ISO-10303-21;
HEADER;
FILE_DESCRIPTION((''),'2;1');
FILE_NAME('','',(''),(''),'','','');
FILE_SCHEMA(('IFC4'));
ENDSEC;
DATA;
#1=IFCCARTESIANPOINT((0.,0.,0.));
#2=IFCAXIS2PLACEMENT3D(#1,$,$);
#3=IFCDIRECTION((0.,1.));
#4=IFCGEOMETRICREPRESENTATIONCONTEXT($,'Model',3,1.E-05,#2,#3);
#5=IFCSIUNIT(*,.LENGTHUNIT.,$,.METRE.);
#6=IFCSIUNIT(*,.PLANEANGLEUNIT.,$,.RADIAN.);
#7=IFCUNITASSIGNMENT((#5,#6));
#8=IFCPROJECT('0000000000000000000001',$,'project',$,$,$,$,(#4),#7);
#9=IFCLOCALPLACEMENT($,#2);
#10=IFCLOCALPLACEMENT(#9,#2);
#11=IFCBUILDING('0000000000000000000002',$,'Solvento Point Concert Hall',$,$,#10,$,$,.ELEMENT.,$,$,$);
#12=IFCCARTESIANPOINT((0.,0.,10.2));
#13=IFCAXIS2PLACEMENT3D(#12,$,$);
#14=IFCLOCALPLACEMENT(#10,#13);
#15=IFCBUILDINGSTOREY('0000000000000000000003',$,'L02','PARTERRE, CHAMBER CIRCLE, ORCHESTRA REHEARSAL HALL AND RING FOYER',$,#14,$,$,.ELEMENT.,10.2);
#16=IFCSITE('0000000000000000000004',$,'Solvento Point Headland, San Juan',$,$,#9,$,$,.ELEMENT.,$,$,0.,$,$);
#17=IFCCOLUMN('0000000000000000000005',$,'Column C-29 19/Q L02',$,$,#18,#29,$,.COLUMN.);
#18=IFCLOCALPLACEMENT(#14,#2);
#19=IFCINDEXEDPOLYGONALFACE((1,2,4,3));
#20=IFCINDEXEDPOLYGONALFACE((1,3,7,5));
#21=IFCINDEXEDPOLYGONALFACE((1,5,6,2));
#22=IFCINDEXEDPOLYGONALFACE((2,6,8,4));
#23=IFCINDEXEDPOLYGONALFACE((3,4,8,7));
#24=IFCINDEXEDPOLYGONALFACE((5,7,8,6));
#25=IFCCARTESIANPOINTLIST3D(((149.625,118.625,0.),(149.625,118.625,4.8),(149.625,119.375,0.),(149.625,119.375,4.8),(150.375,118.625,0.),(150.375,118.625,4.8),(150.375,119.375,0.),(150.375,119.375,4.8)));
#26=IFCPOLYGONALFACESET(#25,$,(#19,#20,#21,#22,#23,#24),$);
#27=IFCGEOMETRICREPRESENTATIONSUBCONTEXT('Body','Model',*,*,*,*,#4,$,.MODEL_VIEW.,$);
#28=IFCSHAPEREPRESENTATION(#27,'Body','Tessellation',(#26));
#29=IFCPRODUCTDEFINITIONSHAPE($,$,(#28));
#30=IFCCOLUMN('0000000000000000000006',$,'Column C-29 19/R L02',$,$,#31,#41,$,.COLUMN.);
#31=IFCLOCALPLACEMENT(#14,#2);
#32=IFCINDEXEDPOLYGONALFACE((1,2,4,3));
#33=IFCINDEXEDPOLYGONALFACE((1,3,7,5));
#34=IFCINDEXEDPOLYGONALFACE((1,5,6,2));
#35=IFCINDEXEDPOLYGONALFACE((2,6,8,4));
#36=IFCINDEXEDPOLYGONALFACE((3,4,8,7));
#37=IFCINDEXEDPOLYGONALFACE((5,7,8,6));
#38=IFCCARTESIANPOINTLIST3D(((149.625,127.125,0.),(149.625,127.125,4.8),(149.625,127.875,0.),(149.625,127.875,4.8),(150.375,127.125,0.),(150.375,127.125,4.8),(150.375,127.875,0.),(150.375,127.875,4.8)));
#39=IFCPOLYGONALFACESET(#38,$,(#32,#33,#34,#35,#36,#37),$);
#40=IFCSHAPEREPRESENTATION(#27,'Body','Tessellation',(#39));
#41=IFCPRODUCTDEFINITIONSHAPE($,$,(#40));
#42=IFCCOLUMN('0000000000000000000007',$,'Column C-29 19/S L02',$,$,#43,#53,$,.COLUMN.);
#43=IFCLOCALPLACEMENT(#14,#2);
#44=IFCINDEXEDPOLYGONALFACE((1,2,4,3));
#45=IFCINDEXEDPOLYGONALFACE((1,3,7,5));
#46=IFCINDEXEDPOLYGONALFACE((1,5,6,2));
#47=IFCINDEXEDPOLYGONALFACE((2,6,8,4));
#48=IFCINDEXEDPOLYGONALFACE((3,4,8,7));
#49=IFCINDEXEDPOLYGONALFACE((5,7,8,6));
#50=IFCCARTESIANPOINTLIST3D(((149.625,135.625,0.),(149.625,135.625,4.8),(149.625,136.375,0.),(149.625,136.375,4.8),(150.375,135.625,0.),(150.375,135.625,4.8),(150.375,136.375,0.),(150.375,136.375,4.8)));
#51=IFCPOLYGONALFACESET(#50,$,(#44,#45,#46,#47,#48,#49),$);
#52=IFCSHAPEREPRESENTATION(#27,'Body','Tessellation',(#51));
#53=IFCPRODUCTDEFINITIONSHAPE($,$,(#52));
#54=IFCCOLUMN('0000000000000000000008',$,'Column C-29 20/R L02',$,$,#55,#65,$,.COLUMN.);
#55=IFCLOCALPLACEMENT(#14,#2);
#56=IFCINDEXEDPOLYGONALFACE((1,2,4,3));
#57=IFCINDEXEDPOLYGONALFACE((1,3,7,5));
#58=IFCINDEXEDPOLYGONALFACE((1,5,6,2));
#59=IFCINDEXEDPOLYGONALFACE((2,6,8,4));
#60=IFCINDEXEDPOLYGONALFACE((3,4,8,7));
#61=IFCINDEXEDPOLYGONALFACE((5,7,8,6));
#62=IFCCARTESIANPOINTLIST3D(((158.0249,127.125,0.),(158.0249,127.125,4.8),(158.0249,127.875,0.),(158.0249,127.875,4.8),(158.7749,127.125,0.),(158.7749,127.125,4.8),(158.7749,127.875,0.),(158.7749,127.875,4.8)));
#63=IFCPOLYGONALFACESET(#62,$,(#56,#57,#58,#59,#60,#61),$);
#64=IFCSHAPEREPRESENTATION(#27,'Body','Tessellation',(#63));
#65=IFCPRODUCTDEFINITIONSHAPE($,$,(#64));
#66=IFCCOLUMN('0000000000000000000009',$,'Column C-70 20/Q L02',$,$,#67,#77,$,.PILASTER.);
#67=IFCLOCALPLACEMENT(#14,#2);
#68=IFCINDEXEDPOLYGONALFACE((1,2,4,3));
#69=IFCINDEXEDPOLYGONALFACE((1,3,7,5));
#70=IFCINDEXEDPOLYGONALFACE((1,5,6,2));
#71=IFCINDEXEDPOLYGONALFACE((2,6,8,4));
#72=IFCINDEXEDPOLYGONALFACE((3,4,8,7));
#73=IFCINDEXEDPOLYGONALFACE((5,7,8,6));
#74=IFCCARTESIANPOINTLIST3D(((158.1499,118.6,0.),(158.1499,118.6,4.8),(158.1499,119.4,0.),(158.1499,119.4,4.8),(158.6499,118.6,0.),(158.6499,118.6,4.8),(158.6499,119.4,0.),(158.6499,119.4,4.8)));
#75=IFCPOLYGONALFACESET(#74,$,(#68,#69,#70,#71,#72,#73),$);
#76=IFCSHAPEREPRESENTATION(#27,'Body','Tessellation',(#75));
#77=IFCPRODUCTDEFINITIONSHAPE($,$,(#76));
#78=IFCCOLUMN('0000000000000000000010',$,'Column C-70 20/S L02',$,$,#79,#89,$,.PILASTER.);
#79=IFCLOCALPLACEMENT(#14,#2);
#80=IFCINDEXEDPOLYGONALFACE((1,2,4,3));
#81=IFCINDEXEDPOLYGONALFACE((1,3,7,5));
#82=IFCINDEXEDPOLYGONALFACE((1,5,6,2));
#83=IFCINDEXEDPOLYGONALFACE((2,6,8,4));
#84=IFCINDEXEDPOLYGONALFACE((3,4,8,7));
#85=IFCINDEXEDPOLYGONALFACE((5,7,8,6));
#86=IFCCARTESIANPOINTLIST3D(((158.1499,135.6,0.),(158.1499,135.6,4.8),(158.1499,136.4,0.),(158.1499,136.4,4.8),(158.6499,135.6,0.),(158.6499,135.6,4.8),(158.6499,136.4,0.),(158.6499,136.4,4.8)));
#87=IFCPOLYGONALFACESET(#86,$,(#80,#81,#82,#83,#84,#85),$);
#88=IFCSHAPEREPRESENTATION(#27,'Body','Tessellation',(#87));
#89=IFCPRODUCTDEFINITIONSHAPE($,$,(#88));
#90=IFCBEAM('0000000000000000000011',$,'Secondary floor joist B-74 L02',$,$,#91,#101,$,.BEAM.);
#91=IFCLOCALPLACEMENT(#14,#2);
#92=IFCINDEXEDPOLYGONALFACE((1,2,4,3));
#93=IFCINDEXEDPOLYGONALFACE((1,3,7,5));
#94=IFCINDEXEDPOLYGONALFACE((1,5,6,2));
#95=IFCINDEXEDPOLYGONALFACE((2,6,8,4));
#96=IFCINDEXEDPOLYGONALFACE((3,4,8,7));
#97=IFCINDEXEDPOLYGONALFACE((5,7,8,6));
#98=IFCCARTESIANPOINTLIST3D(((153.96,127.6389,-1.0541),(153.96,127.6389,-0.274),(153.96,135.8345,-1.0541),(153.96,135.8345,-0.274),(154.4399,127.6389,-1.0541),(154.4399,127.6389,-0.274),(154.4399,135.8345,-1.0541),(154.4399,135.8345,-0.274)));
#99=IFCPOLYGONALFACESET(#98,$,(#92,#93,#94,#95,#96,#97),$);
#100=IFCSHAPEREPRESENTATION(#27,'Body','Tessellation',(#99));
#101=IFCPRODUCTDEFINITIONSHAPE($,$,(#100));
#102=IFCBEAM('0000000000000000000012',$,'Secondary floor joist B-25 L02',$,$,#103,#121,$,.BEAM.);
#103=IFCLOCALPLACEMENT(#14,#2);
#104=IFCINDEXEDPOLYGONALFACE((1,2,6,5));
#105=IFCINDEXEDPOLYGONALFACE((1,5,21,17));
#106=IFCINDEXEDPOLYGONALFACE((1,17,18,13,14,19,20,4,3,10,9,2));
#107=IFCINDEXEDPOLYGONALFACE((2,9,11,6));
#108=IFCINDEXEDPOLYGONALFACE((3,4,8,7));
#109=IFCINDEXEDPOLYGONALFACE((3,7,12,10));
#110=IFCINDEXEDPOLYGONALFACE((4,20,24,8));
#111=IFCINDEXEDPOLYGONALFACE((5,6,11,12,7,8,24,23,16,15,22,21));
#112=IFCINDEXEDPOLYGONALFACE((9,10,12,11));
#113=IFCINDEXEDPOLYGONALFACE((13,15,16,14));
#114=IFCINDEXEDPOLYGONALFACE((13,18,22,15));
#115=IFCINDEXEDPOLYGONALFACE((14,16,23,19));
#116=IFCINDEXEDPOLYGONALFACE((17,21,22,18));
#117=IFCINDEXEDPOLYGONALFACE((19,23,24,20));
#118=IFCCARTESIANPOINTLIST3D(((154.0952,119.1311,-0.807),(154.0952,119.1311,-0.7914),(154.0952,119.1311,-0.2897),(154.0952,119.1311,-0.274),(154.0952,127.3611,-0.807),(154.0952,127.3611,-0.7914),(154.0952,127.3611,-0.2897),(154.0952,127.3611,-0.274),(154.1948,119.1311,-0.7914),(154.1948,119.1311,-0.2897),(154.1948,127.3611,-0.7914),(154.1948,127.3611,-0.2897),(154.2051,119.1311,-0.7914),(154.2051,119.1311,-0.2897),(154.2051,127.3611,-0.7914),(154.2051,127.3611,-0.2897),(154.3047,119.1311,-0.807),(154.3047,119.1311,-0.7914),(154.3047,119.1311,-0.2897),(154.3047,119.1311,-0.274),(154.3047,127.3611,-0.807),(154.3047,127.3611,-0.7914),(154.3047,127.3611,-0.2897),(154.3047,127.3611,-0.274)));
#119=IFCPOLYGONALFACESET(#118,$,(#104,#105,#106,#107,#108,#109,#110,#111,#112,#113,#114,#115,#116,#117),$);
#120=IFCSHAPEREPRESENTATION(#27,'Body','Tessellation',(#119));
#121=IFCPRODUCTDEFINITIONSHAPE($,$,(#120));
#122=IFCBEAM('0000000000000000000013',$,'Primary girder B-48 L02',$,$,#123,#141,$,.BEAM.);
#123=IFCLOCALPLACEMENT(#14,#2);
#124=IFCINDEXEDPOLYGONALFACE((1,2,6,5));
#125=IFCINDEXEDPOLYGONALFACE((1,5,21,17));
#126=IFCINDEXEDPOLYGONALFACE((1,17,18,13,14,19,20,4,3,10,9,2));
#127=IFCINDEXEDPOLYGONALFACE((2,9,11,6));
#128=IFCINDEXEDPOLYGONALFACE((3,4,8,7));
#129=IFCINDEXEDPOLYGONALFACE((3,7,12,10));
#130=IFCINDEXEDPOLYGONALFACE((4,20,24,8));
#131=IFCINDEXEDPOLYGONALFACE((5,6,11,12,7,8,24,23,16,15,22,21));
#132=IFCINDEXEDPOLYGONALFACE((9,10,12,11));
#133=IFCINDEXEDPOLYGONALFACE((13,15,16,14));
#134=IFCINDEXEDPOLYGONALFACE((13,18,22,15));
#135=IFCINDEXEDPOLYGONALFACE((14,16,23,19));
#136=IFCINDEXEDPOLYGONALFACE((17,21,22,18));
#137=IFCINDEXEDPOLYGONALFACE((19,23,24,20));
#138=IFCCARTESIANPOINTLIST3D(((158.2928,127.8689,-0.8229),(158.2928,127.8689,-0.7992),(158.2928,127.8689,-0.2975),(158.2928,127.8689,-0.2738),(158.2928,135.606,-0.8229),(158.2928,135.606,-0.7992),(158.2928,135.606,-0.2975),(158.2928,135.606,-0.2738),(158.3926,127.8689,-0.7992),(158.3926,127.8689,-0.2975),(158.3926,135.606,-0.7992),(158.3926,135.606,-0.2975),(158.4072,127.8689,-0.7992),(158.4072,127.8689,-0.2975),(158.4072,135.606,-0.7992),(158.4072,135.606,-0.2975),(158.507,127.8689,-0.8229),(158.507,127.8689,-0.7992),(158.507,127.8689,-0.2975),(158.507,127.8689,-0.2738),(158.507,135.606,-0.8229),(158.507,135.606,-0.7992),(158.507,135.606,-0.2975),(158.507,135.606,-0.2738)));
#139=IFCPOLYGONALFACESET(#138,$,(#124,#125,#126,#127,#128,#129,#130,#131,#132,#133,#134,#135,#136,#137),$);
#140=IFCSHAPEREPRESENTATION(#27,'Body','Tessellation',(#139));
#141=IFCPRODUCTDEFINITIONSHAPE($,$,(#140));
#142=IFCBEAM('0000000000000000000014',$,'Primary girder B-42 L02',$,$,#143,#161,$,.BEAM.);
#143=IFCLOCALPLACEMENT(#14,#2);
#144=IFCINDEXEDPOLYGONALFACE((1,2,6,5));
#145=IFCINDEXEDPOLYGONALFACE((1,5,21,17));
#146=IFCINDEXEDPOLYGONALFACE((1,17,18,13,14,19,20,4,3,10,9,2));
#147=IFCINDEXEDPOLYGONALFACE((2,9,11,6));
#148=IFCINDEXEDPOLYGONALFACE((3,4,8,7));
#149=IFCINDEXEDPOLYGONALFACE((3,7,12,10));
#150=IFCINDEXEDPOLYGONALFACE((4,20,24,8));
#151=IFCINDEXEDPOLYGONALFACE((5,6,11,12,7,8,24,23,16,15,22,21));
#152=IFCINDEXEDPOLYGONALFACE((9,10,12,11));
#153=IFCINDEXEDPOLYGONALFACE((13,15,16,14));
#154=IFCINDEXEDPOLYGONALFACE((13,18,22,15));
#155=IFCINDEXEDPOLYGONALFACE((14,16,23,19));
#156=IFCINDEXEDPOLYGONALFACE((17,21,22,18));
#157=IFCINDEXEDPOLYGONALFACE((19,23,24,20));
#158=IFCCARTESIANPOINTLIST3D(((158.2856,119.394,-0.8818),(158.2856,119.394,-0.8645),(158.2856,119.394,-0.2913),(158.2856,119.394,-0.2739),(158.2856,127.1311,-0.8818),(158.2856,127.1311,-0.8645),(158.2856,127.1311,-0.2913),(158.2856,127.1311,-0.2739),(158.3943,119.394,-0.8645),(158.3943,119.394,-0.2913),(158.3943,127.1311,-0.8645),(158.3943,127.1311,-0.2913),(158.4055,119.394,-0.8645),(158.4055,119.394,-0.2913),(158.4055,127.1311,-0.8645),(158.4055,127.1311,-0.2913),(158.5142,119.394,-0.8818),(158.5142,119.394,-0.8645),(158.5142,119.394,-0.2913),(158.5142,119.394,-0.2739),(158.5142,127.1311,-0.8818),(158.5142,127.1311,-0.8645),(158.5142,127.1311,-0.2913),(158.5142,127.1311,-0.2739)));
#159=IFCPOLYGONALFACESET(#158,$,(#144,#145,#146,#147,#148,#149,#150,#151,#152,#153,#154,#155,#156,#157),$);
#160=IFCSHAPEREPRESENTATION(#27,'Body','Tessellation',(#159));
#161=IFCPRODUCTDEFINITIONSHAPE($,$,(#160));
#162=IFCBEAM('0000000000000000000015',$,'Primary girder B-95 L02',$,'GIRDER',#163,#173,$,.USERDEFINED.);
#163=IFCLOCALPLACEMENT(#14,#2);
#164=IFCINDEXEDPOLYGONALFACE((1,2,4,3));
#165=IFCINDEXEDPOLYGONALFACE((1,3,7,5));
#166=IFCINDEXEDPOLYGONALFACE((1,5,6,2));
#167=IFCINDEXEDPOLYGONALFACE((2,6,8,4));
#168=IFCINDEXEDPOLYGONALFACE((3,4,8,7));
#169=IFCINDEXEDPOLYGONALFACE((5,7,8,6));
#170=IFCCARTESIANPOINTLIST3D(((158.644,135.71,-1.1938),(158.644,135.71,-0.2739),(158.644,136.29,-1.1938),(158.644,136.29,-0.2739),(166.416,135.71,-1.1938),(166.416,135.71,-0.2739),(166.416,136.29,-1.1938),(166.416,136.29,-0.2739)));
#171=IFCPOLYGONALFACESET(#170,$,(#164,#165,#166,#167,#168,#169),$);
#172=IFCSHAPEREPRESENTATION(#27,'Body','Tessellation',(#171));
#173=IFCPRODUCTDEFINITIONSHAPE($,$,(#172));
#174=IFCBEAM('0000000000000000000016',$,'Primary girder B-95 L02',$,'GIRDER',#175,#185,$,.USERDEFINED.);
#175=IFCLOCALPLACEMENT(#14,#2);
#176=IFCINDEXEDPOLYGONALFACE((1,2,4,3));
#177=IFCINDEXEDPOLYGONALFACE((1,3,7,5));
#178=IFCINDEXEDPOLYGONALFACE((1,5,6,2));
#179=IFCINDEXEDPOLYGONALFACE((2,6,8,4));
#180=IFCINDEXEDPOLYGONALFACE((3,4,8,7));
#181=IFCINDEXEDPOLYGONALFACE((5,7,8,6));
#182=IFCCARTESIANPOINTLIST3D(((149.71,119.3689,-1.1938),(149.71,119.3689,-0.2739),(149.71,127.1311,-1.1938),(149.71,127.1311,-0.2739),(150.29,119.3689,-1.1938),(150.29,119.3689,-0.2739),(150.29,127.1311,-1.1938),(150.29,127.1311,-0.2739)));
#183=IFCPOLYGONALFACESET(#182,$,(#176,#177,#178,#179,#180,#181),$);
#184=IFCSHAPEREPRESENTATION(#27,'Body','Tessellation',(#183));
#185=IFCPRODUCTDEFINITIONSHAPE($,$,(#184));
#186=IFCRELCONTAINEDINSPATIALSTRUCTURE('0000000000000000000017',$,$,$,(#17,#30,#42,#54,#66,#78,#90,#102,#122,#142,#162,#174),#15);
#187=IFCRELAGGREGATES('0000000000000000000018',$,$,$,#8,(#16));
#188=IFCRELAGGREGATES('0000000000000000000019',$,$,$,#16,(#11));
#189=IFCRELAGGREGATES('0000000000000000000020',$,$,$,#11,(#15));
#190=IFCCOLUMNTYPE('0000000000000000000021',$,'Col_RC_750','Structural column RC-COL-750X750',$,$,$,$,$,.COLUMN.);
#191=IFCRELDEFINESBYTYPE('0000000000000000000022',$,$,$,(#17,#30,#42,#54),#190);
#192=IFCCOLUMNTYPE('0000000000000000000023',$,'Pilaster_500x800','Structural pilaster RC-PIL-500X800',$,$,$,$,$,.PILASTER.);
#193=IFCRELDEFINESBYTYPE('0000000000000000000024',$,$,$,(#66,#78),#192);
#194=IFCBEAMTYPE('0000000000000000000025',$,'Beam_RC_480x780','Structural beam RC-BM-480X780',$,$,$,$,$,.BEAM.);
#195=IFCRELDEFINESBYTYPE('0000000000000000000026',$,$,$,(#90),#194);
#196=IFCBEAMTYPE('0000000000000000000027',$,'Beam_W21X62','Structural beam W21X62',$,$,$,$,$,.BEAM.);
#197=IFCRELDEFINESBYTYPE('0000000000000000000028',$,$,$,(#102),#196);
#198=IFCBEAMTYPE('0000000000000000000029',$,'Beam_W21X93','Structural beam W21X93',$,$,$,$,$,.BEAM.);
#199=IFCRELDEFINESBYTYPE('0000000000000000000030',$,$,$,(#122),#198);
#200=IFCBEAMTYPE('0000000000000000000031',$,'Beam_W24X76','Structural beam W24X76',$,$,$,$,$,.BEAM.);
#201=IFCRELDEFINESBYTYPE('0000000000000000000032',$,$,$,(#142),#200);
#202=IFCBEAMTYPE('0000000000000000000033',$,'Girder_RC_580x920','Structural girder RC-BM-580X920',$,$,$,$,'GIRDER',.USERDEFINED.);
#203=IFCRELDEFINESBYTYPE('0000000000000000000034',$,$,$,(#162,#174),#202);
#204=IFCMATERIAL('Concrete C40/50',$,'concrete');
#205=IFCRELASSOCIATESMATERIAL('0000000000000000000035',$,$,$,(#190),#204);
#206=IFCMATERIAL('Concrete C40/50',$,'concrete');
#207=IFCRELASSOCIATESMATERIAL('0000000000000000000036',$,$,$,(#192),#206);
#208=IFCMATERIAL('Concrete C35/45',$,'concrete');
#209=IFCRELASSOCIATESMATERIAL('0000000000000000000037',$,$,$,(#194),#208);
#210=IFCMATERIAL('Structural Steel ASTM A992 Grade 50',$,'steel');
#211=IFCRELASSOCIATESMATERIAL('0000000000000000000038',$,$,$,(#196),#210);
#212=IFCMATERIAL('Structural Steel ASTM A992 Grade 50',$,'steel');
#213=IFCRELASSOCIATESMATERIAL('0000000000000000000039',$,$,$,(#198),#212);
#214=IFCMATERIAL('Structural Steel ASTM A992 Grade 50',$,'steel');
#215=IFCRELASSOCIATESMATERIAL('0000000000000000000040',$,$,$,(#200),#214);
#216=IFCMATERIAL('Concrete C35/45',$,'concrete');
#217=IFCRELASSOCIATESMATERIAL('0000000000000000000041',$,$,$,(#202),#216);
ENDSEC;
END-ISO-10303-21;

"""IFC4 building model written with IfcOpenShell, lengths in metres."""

from ifc_helpers import new_model, si_unit, direction, frame, origin, origin_2d, place, context, subcontext, project, spatial, rectangle, i_section, extrude, material, material_profile, profile_set, type_object, element, save


model = new_model("IFC4")

# Units and contexts
model_context = context("Model", 3, precision=1e-05, world=origin(), true_north=direction((0.0, 1.0)))
body_context = subcontext(model_context, "Body", "Model", "MODEL_VIEW")
ifc_project = project(units=[si_unit("LENGTHUNIT", "METRE"), si_unit("PLANEANGLEUNIT", "RADIAN")], contexts=[model_context])

# Site, building, storey
site_placement = place(None, origin())
site = spatial("IfcSite", under=ifc_project, at=site_placement, Name="Solvento Point Headland, San Juan", CompositionType="ELEMENT", RefElevation=0.0)
building_placement = place(site_placement, origin())
building = spatial("IfcBuilding", under=site, at=building_placement, Name="Solvento Point Concert Hall", CompositionType="ELEMENT")
storey_placement = place(building_placement, frame((0.0, 0.0, 10.2)))
storey = spatial("IfcBuildingStorey", under=building, at=storey_placement, Name="L02", Description="PARTERRE, CHAMBER CIRCLE, ORCHESTRA REHEARSAL HALL AND RING FOYER", CompositionType="ELEMENT", Elevation=10.2)

# Columns
ifc_material_1 = material(Name="Concrete C40/50", Category="concrete")
ifc_material_profile_1 = material_profile(ifc_material_1, rectangle(XDim=0.75, YDim=0.75, at=origin_2d()), Name="RC-COL-750X750")
ifc_profile_set_1 = profile_set([ifc_material_profile_1], Name="Concrete C40/50")
column_type_1 = type_object("IfcColumnType", Name="Col_RC_750", Description="Structural column RC-COL-750X750", PredefinedType="COLUMN", material=ifc_profile_set_1)
for number, where, z_axis, x_axis, name in (
    (1, (150.0, 119.0, 0.0), (0.0, 0.0, 1.0), (1.0, 0.0, 0.0), "Column C-29 19/Q L02"),
    (2, (150.0, 127.5, 0.0), (0.0, 0.0, 1.0), (1.0, 0.0, 0.0), "Column C-29 19/R L02"),
    (3, (150.0, 136.0, 0.0), (0.0, 0.0, 1.0), (1.0, 0.0, 0.0), "Column C-29 19/S L02"),
    (4, (158.3999, 127.5, 0.0), (0.0, 0.0, 1.0), (1.0, 0.0, 0.0), "Column C-29 20/R L02"),
):
    element("IfcColumn", number, at=place(storey_placement, frame(where, z_axis=z_axis, x_axis=x_axis)), inside=storey, type_object=column_type_1, Name=name, PredefinedType="COLUMN", context=body_context, shape_type="SweptSolid", body=[
        extrude(rectangle(XDim=0.75, YDim=0.75, at=origin_2d()), origin(), (0.0, 0.0, 1.0), 4.8),
    ])
ifc_material_2 = material(Name="Concrete C40/50", Category="concrete")
ifc_material_profile_2 = material_profile(ifc_material_2, rectangle(XDim=0.5, YDim=0.8, at=origin_2d()), Name="RC-PIL-500X800")
ifc_profile_set_2 = profile_set([ifc_material_profile_2], Name="Concrete C40/50")
column_type_2 = type_object("IfcColumnType", Name="Pilaster_500x800", Description="Structural pilaster RC-PIL-500X800", PredefinedType="PILASTER", material=ifc_profile_set_2)
for number, where, z_axis, x_axis, name in (
    (5, (158.3999, 119.0, 0.0), (0.0, 0.0, 1.0), (1.0, 0.0, 0.0), "Column C-70 20/Q L02"),
    (6, (158.3999, 136.0, 0.0), (0.0, 0.0, 1.0), (1.0, 0.0, 0.0), "Column C-70 20/S L02"),
):
    element("IfcColumn", number, at=place(storey_placement, frame(where, z_axis=z_axis, x_axis=x_axis)), inside=storey, type_object=column_type_2, Name=name, PredefinedType="PILASTER", context=body_context, shape_type="SweptSolid", body=[
        extrude(rectangle(XDim=0.5, YDim=0.8, at=origin_2d()), origin(), (0.0, 0.0, 1.0), 4.8),
    ])

# Beams
ifc_material_3 = material(Name="Concrete C35/45", Category="concrete")
ifc_material_profile_3 = material_profile(ifc_material_3, rectangle(XDim=0.48, YDim=0.78, at=origin_2d()), Name="RC-BM-480X780")
ifc_profile_set_3 = profile_set([ifc_material_profile_3], Name="Concrete C35/45")
beam_type_1 = type_object("IfcBeamType", Name="Beam_RC_480x780", Description="Structural beam RC-BM-480X780", PredefinedType="BEAM", material=ifc_profile_set_3)
beam_1_placement = place(storey_placement, frame((154.2, 127.6389, -0.6641), z_axis=(0.0, 1.0, 0.0), x_axis=(-1.0, 0.0, 0.0)))
element("IfcBeam", 7, at=beam_1_placement, inside=storey, type_object=beam_type_1, Name="Secondary floor joist B-74 L02", PredefinedType="BEAM", context=body_context, shape_type="SweptSolid", body=[
    extrude(rectangle(XDim=0.48, YDim=0.78, at=origin_2d()), origin(), (0.0, 0.0, 1.0), 8.1956),
])
ifc_material_4 = material(Name="Structural Steel ASTM A992 Grade 50", Category="steel")
ifc_material_profile_4 = material_profile(ifc_material_4, i_section(OverallWidth=0.2095, OverallDepth=0.533, WebThickness=0.0103, FlangeThickness=0.0156, at=origin_2d()), Name="W21X62")
ifc_profile_set_4 = profile_set([ifc_material_profile_4], Name="Structural Steel ASTM A992 Grade 50")
beam_type_2 = type_object("IfcBeamType", Name="Beam_W21X62", Description="Structural beam W21X62", PredefinedType="BEAM", material=ifc_profile_set_4)
beam_2_placement = place(storey_placement, frame((154.2, 119.1311, -0.5405), z_axis=(0.0, 1.0, 0.0), x_axis=(-1.0, 0.0, 0.0)))
element("IfcBeam", 8, at=beam_2_placement, inside=storey, type_object=beam_type_2, Name="Secondary floor joist B-25 L02", PredefinedType="BEAM", context=body_context, shape_type="SweptSolid", body=[
    extrude(i_section(OverallWidth=0.2095, OverallDepth=0.533, WebThickness=0.0103, FlangeThickness=0.0156, at=origin_2d()), origin(), (0.0, 0.0, 1.0), 8.23),
])
ifc_material_5 = material(Name="Structural Steel ASTM A992 Grade 50", Category="steel")
ifc_material_profile_5 = material_profile(ifc_material_5, i_section(OverallWidth=0.2141, OverallDepth=0.5491, WebThickness=0.0146, FlangeThickness=0.0237, at=origin_2d()), Name="W21X93")
ifc_profile_set_5 = profile_set([ifc_material_profile_5], Name="Structural Steel ASTM A992 Grade 50")
beam_type_3 = type_object("IfcBeamType", Name="Beam_W21X93", Description="Structural beam W21X93", PredefinedType="BEAM", material=ifc_profile_set_5)
beam_3_placement = place(storey_placement, frame((158.3999, 127.8689, -0.5483), z_axis=(0.0, 1.0, 0.0), x_axis=(-1.0, 0.0, 0.0)))
element("IfcBeam", 9, at=beam_3_placement, inside=storey, type_object=beam_type_3, Name="Primary girder B-48 L02", PredefinedType="BEAM", context=body_context, shape_type="SweptSolid", body=[
    extrude(i_section(OverallWidth=0.2141, OverallDepth=0.5491, WebThickness=0.0146, FlangeThickness=0.0237, at=origin_2d()), origin(), (0.0, 0.0, 1.0), 7.7371),
])
ifc_material_6 = material(Name="Structural Steel ASTM A992 Grade 50", Category="steel")
ifc_material_profile_6 = material_profile(ifc_material_6, i_section(OverallWidth=0.2285, OverallDepth=0.6079, WebThickness=0.0112, FlangeThickness=0.0173, at=origin_2d()), Name="W24X76")
ifc_profile_set_6 = profile_set([ifc_material_profile_6], Name="Structural Steel ASTM A992 Grade 50")
beam_type_4 = type_object("IfcBeamType", Name="Beam_W24X76", Description="Structural beam W24X76", PredefinedType="BEAM", material=ifc_profile_set_6)
beam_4_placement = place(storey_placement, frame((158.3999, 119.394, -0.5779), z_axis=(0.0, 1.0, 0.0), x_axis=(-1.0, 0.0, 0.0)))
element("IfcBeam", 10, at=beam_4_placement, inside=storey, type_object=beam_type_4, Name="Primary girder B-42 L02", PredefinedType="BEAM", context=body_context, shape_type="SweptSolid", body=[
    extrude(i_section(OverallWidth=0.2285, OverallDepth=0.6079, WebThickness=0.0112, FlangeThickness=0.0173, at=origin_2d()), origin(), (0.0, 0.0, 1.0), 7.7371),
])
ifc_material_7 = material(Name="Concrete C35/45", Category="concrete")
ifc_material_profile_7 = material_profile(ifc_material_7, rectangle(XDim=0.5801, YDim=0.9199, at=origin_2d()), Name="RC-BM-580X920")
ifc_profile_set_7 = profile_set([ifc_material_profile_7], Name="Concrete C35/45")
beam_type_5 = type_object("IfcBeamType", Name="Girder_RC_580x920", Description="Structural girder RC-BM-580X920", ElementType="GIRDER", PredefinedType="USERDEFINED", material=ifc_profile_set_7)
beam_5_placement = place(storey_placement, frame((158.644, 136.0, -0.7339), z_axis=(1.0, 0.0, 0.0), x_axis=(0.0, 1.0, 0.0)))
element("IfcBeam", 11, at=beam_5_placement, inside=storey, type_object=beam_type_5, Name="Primary girder B-95 L02", ObjectType="GIRDER", PredefinedType="USERDEFINED", context=body_context, shape_type="SweptSolid", body=[
    extrude(rectangle(XDim=0.5801, YDim=0.9199, at=origin_2d()), origin(), (0.0, 0.0, 1.0), 7.772),
])
beam_6_placement = place(storey_placement, frame((150.0, 119.3689, -0.7339), z_axis=(0.0, 1.0, 0.0), x_axis=(-1.0, 0.0, 0.0)))
element("IfcBeam", 12, at=beam_6_placement, inside=storey, type_object=beam_type_5, Name="Primary girder B-95 L02", ObjectType="GIRDER", PredefinedType="USERDEFINED", context=body_context, shape_type="SweptSolid", body=[
    extrude(rectangle(XDim=0.5801, YDim=0.9199, at=origin_2d()), origin(), (0.0, 0.0, 1.0), 7.7622),
])

save(model, "model.ifc")
